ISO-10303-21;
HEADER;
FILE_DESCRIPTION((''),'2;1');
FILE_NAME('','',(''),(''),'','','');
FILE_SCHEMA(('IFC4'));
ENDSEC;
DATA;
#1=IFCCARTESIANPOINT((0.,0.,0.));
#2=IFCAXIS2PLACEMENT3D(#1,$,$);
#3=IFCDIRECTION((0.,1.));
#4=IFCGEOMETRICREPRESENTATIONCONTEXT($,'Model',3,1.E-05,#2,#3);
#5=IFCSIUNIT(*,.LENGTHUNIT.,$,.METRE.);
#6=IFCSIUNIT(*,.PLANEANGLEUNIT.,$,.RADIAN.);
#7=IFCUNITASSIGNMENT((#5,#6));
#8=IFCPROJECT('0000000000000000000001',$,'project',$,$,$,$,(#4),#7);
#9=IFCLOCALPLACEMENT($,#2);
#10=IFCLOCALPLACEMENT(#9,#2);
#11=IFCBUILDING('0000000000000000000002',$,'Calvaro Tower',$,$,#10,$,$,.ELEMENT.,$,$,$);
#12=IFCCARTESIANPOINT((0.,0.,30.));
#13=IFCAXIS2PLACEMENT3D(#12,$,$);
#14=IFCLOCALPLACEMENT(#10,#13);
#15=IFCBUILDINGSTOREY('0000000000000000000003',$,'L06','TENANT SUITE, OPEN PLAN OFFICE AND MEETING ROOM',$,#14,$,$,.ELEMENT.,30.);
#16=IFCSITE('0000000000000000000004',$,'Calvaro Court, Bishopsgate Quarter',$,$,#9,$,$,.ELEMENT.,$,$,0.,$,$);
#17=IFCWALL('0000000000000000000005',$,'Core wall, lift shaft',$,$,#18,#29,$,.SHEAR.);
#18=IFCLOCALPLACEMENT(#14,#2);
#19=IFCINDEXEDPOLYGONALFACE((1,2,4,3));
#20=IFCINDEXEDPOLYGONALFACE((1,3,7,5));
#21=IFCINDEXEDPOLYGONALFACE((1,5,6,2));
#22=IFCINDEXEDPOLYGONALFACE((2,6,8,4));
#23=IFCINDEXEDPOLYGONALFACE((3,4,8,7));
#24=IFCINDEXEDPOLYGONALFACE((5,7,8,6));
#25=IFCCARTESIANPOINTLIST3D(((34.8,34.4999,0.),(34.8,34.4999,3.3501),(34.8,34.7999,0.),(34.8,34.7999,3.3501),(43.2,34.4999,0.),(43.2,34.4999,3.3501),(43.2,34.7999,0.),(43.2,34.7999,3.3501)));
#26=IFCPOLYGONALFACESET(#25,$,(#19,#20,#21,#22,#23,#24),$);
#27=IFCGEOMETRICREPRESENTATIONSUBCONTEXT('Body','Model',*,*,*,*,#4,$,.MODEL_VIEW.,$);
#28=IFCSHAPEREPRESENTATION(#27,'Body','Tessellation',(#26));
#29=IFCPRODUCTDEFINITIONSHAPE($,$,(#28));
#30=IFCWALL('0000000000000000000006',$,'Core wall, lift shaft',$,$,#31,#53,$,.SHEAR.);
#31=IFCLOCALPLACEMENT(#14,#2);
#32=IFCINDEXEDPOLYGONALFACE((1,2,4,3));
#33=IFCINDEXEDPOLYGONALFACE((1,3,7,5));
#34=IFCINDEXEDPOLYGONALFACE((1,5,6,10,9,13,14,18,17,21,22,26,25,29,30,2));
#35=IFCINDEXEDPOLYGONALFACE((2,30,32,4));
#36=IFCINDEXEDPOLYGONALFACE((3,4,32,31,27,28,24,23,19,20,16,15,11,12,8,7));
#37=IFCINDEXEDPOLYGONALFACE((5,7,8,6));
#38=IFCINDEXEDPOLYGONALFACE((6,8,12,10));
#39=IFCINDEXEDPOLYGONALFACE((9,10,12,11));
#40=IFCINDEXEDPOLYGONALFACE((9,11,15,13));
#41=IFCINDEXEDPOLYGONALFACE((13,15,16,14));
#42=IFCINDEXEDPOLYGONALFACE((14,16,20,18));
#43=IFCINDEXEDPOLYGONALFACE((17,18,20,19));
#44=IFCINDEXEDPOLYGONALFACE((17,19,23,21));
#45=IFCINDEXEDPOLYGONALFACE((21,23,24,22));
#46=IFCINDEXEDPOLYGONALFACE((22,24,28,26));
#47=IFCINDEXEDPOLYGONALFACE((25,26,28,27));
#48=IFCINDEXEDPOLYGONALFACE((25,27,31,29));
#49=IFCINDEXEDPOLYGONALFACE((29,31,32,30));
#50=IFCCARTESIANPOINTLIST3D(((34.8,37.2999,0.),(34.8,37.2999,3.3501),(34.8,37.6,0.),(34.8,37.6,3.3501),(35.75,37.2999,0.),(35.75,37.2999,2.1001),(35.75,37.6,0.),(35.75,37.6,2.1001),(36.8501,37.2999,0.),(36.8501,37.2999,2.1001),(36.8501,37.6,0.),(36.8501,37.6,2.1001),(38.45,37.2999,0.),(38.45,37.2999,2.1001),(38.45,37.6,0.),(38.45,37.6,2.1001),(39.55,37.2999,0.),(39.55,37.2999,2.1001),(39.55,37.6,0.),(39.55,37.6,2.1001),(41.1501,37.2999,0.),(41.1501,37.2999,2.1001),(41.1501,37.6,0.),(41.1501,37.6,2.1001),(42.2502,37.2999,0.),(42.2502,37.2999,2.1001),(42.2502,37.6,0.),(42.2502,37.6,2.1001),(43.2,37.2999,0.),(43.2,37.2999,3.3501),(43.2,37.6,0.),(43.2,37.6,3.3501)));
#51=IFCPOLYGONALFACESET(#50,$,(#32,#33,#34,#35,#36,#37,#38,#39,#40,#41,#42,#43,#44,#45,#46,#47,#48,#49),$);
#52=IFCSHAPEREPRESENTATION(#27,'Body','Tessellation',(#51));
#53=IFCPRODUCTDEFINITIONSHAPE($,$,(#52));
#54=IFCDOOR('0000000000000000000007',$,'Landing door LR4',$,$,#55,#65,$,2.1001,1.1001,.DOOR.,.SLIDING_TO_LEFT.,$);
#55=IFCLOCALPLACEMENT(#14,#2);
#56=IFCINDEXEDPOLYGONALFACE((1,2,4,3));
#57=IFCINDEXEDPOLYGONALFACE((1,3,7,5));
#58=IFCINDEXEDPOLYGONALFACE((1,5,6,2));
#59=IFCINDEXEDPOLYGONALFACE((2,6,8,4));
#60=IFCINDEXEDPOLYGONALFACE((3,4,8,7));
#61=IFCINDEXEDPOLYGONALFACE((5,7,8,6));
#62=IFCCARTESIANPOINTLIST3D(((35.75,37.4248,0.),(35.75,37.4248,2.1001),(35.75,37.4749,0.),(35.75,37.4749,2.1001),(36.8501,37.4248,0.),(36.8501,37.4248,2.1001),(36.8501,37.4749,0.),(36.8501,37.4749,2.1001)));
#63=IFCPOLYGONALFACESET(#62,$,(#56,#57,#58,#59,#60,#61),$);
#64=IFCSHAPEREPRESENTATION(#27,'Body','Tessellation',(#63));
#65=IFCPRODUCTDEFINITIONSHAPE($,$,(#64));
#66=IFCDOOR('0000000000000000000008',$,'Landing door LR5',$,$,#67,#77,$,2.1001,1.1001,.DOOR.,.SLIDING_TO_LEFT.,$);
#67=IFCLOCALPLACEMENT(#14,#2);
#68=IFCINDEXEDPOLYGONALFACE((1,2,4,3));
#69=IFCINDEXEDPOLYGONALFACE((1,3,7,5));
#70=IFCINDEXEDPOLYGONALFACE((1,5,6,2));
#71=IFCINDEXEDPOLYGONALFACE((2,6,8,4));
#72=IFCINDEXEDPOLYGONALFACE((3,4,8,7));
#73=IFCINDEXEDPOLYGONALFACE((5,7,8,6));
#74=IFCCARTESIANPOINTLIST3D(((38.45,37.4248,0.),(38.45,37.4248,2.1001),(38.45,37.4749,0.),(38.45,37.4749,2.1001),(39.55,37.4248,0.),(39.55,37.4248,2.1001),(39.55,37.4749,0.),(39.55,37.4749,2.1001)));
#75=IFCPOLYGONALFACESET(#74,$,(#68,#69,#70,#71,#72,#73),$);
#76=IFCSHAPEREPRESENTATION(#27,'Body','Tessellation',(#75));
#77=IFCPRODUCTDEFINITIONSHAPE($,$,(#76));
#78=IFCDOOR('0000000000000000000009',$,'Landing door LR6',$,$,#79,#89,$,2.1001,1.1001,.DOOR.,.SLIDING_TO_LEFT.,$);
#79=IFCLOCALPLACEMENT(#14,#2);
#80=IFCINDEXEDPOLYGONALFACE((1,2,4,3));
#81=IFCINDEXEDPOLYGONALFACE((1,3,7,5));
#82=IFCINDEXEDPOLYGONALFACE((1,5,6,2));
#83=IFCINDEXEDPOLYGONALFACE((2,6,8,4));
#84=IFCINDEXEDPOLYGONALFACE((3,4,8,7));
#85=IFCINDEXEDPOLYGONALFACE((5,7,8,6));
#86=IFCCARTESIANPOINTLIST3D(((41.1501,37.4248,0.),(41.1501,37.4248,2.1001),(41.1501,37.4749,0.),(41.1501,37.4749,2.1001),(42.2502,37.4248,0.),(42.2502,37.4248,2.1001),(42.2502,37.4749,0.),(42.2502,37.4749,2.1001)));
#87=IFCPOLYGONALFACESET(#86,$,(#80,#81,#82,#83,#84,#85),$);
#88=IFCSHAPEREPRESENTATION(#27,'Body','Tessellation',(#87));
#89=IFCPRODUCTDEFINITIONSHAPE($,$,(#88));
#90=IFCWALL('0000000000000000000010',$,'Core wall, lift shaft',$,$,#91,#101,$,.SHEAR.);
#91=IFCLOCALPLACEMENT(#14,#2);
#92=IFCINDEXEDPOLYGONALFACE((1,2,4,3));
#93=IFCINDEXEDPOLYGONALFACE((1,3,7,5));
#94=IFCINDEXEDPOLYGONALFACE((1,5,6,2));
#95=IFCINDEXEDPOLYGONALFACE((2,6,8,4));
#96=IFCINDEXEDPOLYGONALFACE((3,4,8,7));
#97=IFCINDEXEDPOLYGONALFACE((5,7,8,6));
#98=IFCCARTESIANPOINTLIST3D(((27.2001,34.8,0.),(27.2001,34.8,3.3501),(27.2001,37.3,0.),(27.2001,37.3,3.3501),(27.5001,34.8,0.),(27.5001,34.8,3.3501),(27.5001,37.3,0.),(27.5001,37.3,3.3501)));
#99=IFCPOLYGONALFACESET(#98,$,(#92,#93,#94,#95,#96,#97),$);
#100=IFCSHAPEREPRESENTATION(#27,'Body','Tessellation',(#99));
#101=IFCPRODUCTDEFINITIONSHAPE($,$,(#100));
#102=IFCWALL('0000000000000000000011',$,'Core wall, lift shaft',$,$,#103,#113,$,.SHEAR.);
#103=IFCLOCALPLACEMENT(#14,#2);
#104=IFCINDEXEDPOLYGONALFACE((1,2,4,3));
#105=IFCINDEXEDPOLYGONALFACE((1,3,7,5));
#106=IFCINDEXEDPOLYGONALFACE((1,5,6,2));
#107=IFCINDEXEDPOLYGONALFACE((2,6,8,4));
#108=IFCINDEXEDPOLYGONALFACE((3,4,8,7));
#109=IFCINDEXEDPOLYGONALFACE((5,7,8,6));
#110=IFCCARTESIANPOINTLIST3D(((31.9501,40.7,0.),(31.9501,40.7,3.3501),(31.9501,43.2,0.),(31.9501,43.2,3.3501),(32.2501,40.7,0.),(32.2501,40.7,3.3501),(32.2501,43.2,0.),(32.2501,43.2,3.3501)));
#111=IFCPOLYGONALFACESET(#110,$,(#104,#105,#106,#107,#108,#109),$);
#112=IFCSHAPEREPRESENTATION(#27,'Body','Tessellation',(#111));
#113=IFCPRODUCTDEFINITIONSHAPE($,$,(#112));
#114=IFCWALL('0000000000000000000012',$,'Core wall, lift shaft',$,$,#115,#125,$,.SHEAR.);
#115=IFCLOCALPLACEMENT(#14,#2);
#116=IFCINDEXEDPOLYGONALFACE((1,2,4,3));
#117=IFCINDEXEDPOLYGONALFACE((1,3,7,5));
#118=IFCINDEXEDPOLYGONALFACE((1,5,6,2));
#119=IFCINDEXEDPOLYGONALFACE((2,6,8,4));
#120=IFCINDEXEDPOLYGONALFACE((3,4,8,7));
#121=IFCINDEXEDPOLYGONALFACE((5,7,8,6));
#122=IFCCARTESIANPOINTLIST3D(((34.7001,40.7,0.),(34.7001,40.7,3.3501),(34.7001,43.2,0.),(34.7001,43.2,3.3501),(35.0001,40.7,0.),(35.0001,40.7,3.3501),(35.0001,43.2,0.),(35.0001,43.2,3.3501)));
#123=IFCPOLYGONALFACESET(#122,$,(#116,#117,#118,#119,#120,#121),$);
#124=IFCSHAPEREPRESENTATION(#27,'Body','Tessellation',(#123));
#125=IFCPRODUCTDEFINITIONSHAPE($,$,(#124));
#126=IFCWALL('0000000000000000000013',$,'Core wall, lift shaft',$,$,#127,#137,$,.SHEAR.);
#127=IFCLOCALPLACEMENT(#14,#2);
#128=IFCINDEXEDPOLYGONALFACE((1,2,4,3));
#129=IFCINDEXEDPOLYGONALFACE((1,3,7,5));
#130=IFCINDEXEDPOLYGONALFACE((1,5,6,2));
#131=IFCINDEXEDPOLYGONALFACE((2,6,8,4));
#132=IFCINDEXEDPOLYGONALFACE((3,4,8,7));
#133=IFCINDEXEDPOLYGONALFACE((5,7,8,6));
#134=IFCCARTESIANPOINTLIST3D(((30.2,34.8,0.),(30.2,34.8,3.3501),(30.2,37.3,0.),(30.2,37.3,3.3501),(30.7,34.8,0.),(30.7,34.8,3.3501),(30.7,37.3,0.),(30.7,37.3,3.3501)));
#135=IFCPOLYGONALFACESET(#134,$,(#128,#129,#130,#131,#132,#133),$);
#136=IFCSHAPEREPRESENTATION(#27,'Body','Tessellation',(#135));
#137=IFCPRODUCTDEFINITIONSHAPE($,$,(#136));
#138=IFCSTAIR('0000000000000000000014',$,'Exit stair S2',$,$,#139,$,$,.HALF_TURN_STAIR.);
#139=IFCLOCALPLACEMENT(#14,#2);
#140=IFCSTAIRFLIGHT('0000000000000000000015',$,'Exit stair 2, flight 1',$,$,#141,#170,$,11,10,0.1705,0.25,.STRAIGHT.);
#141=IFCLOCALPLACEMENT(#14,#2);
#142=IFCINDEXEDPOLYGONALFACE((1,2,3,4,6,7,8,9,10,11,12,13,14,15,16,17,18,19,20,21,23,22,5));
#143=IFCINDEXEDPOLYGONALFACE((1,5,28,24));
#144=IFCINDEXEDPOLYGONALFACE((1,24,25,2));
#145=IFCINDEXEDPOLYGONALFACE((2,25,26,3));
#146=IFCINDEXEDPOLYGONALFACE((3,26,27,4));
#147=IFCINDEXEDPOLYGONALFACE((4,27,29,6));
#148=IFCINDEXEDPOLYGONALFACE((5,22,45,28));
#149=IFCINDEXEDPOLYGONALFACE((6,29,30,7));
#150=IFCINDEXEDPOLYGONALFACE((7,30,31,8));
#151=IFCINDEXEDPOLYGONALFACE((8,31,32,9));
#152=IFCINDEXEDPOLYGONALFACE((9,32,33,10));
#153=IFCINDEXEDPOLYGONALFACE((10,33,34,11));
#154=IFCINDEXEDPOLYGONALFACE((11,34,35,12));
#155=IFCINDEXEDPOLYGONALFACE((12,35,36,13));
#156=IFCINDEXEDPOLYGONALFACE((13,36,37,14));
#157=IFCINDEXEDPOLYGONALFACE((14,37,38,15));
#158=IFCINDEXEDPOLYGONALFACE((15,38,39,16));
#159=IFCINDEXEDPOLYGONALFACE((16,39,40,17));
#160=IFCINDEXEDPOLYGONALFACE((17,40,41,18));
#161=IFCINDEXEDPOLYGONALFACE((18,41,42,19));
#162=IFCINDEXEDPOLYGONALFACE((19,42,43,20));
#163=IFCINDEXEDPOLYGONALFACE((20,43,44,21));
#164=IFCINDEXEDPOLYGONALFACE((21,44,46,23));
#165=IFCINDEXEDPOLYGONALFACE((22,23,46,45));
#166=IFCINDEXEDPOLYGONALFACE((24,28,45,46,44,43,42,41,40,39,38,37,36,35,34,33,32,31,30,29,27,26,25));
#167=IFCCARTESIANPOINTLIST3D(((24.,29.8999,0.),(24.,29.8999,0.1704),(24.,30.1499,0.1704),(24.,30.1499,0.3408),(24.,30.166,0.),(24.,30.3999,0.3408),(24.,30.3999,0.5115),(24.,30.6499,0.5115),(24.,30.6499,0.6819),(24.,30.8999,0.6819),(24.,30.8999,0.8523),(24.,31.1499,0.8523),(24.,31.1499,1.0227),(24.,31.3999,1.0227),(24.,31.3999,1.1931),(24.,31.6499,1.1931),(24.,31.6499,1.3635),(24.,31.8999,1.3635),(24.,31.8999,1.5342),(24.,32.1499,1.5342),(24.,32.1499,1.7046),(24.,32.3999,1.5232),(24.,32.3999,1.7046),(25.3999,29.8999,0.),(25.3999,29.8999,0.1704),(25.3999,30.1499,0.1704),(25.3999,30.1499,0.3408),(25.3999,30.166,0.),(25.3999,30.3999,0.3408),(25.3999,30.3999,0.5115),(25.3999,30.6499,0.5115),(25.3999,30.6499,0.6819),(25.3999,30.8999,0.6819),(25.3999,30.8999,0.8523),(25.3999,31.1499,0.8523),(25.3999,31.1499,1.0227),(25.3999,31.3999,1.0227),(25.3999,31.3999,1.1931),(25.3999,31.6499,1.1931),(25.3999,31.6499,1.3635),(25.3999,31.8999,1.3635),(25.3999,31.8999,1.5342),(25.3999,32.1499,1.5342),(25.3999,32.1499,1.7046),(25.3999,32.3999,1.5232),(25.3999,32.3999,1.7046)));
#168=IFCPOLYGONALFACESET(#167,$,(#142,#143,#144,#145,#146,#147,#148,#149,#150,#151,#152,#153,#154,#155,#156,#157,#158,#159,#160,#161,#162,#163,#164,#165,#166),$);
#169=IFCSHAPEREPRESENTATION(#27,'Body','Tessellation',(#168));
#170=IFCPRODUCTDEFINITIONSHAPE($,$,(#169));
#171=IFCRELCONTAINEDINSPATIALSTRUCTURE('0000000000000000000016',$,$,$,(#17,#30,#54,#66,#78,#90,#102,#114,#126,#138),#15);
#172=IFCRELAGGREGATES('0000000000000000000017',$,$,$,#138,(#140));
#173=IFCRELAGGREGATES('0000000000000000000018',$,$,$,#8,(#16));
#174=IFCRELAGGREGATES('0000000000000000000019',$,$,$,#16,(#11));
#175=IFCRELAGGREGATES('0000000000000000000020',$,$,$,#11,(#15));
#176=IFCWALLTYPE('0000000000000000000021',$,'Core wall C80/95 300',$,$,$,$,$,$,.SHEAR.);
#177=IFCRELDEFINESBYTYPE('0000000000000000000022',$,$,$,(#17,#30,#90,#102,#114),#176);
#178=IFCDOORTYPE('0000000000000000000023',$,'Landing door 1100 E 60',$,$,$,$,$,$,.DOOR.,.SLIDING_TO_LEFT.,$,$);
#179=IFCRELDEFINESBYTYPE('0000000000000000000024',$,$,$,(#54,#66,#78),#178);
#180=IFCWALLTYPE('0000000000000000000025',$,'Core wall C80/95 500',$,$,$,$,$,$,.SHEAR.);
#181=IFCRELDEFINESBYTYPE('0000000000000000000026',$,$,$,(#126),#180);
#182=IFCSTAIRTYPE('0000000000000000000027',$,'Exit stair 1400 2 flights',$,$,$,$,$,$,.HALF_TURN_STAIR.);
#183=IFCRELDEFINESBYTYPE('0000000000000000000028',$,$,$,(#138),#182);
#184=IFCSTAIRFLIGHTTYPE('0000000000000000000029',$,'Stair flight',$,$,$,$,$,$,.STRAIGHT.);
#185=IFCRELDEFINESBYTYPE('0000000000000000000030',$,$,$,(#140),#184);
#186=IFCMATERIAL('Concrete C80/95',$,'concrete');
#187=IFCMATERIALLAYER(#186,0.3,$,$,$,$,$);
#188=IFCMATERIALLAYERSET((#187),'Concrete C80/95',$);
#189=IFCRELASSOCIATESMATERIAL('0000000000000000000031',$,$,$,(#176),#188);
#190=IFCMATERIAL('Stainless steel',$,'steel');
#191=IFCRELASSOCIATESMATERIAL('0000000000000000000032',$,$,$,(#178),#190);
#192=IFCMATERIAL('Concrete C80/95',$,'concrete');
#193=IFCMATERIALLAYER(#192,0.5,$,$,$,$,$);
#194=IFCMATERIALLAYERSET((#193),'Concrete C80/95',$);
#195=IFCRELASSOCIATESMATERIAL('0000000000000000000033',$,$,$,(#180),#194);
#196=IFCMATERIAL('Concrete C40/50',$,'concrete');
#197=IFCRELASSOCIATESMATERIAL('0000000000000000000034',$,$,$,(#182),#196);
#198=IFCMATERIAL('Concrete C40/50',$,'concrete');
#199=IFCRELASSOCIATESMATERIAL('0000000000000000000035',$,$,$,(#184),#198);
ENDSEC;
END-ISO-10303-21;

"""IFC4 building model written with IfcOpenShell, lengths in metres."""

from ifc_helpers import new_model, si_unit, direction, frame, frame_2d, origin, place, context, subcontext, project, spatial, polyline, rectangle, outline, extrude, material, layer, layer_set, type_object, element, fill, aggregate, save


model = new_model("IFC4")

# Units and contexts
model_context = context("Model", 3, precision=1e-05, world=origin(), true_north=direction((0.0, 1.0)))
body_context = subcontext(model_context, "Body", "Model", "MODEL_VIEW")
ifc_project = project(units=[si_unit("LENGTHUNIT", "METRE"), si_unit("PLANEANGLEUNIT", "RADIAN")], contexts=[model_context])

# Site, building, storey
site_placement = place(None, origin())
site = spatial("IfcSite", under=ifc_project, at=site_placement, Name="Calvaro Court, Bishopsgate Quarter", CompositionType="ELEMENT", RefElevation=0.0)
building_placement = place(site_placement, origin())
building = spatial("IfcBuilding", under=site, at=building_placement, Name="Calvaro Tower", CompositionType="ELEMENT")
storey_placement = place(building_placement, frame((0.0, 0.0, 30.0)))
storey = spatial("IfcBuildingStorey", under=building, at=storey_placement, Name="L06", Description="TENANT SUITE, OPEN PLAN OFFICE AND MEETING ROOM", CompositionType="ELEMENT", Elevation=30.0)

# Wall
ifc_material_1 = material(Name="Concrete C80/95", Category="concrete")
ifc_layer_1 = layer(ifc_material_1, 0.3)
ifc_layer_set_1 = layer_set([ifc_layer_1], Name="Concrete C80/95")
wall_type_1 = type_object("IfcWallType", Name="Core wall C80/95 300", PredefinedType="SHEAR", material=ifc_layer_set_1)
wall_1_placement = place(storey_placement, frame((34.8, 34.6499, 0.0), z_axis=(0.0, 0.0, 1.0), x_axis=(1.0, 0.0, 0.0)))
element("IfcWall", 1, at=wall_1_placement, inside=storey, type_object=wall_type_1, Name="Core wall, lift shaft", PredefinedType="SHEAR", context=body_context, shape_type="SweptSolid", body=[
    extrude(rectangle(XDim=8.3999, YDim=0.3, at=frame_2d((4.2, 0.0))), origin(), (0.0, 0.0, 1.0), 3.3501),
])

# Wall, openings, doors
wall_2_placement = place(storey_placement, frame((34.8, 37.45, 0.0), z_axis=(0.0, 0.0, 1.0), x_axis=(1.0, 0.0, 0.0)))
wall_2 = element("IfcWall", 2, at=wall_2_placement, inside=storey, type_object=wall_type_1, Name="Core wall, lift shaft", PredefinedType="SHEAR", context=body_context, shape_type="SweptSolid", body=[
    extrude(rectangle(XDim=8.3999, YDim=0.3, at=frame_2d((4.2, 0.0))), origin(), (0.0, 0.0, 1.0), 3.3501),
])
opening_1_placement = place(wall_2_placement, frame((0.95, 0.0, 0.0)))
opening_1 = element("IfcOpeningElement", 3, at=opening_1_placement, cuts=wall_2, PredefinedType="OPENING", context=body_context, shape_type="SweptSolid", body=[
    extrude(rectangle(XDim=1.1001, YDim=2.1001, at=frame_2d((0.55, 1.05))), frame((0.0, 0.1599, 0.0), z_axis=(0.0, -1.0, 0.0), x_axis=(1.0, 0.0, 0.0)), (0.0, 0.0, 1.0), 0.3201),
])
opening_2_placement = place(wall_2_placement, frame((3.6499, 0.0, 0.0)))
opening_2 = element("IfcOpeningElement", 4, at=opening_2_placement, cuts=wall_2, PredefinedType="OPENING", context=body_context, shape_type="SweptSolid", body=[
    extrude(rectangle(XDim=1.1001, YDim=2.1001, at=frame_2d((0.55, 1.05))), frame((0.0, 0.1599, 0.0), z_axis=(0.0, -1.0, 0.0), x_axis=(1.0, 0.0, 0.0)), (0.0, 0.0, 1.0), 0.3201),
])
opening_3_placement = place(wall_2_placement, frame((6.3501, 0.0, 0.0)))
opening_3 = element("IfcOpeningElement", 5, at=opening_3_placement, cuts=wall_2, PredefinedType="OPENING", context=body_context, shape_type="SweptSolid", body=[
    extrude(rectangle(XDim=1.1001, YDim=2.1001, at=frame_2d((0.55, 1.05))), frame((0.0, 0.1599, 0.0), z_axis=(0.0, -1.0, 0.0), x_axis=(1.0, 0.0, 0.0)), (0.0, 0.0, 1.0), 0.3201),
])
ifc_material_2 = material(Name="Stainless steel", Category="steel")
door_type = type_object("IfcDoorType", Name="Landing door 1100 E 60", OperationType="SLIDING_TO_LEFT", PredefinedType="DOOR", material=ifc_material_2)
door_1_placement = place(opening_1_placement, origin())
door_1 = element("IfcDoor", 6, at=door_1_placement, inside=storey, type_object=door_type, Name="Landing door LR4", OperationType="SLIDING_TO_LEFT", OverallHeight=2.1001, OverallWidth=1.1001, PredefinedType="DOOR", context=body_context, shape_type="SweptSolid", body=[
    extrude(rectangle(XDim=1.1001, YDim=2.1001, at=frame_2d((0.55, 1.05))), frame((0.0, 0.0249, 0.0), z_axis=(0.0, -1.0, 0.0), x_axis=(1.0, 0.0, 0.0)), (0.0, 0.0, 1.0), 0.05),
])
fill(opening_1, door_1)
door_2_placement = place(opening_2_placement, origin())
door_2 = element("IfcDoor", 7, at=door_2_placement, inside=storey, type_object=door_type, Name="Landing door LR5", OperationType="SLIDING_TO_LEFT", OverallHeight=2.1001, OverallWidth=1.1001, PredefinedType="DOOR", context=body_context, shape_type="SweptSolid", body=[
    extrude(rectangle(XDim=1.1001, YDim=2.1001, at=frame_2d((0.55, 1.05))), frame((0.0, 0.0249, 0.0), z_axis=(0.0, -1.0, 0.0), x_axis=(1.0, 0.0, 0.0)), (0.0, 0.0, 1.0), 0.05),
])
fill(opening_2, door_2)
door_3_placement = place(opening_3_placement, origin())
door_3 = element("IfcDoor", 8, at=door_3_placement, inside=storey, type_object=door_type, Name="Landing door LR6", OperationType="SLIDING_TO_LEFT", OverallHeight=2.1001, OverallWidth=1.1001, PredefinedType="DOOR", context=body_context, shape_type="SweptSolid", body=[
    extrude(rectangle(XDim=1.1001, YDim=2.1001, at=frame_2d((0.55, 1.05))), frame((0.0, 0.0249, 0.0), z_axis=(0.0, -1.0, 0.0), x_axis=(1.0, 0.0, 0.0)), (0.0, 0.0, 1.0), 0.05),
])
fill(opening_3, door_3)

# Walls
for number, where, z_axis, x_axis, name in (
    (9, (27.3501, 34.8, 0.0), (0.0, 0.0, 1.0), (0.0, 1.0, 0.0), "Core wall, lift shaft"),
    (10, (32.1001, 40.7, 0.0), (0.0, 0.0, 1.0), (0.0, 1.0, 0.0), "Core wall, lift shaft"),
    (11, (34.8501, 40.7, 0.0), (0.0, 0.0, 1.0), (0.0, 1.0, 0.0), "Core wall, lift shaft"),
):
    element("IfcWall", number, at=place(storey_placement, frame(where, z_axis=z_axis, x_axis=x_axis)), inside=storey, type_object=wall_type_1, Name=name, PredefinedType="SHEAR", context=body_context, shape_type="SweptSolid", body=[
        extrude(rectangle(XDim=2.5, YDim=0.3, at=frame_2d((1.25, 0.0))), origin(), (0.0, 0.0, 1.0), 3.3501),
    ])
ifc_material_3 = material(Name="Concrete C80/95", Category="concrete")
ifc_layer_2 = layer(ifc_material_3, 0.5)
ifc_layer_set_2 = layer_set([ifc_layer_2], Name="Concrete C80/95")
wall_type_2 = type_object("IfcWallType", Name="Core wall C80/95 500", PredefinedType="SHEAR", material=ifc_layer_set_2)
wall_3_placement = place(storey_placement, frame((30.45, 34.8, 0.0), z_axis=(0.0, 0.0, 1.0), x_axis=(0.0, 1.0, 0.0)))
element("IfcWall", 12, at=wall_3_placement, inside=storey, type_object=wall_type_2, Name="Core wall, lift shaft", PredefinedType="SHEAR", context=body_context, shape_type="SweptSolid", body=[
    extrude(rectangle(XDim=2.5, YDim=0.5, at=frame_2d((1.25, 0.0))), origin(), (0.0, 0.0, 1.0), 3.3501),
])

# Stair, stair flight
ifc_material_4 = material(Name="Concrete C40/50", Category="concrete")
stair_type = type_object("IfcStairType", Name="Exit stair 1400 2 flights", PredefinedType="HALF_TURN_STAIR", material=ifc_material_4)
stair_placement = place(storey_placement, origin())
stair = element("IfcStair", 13, at=stair_placement, inside=storey, type_object=stair_type, Name="Exit stair S2", PredefinedType="HALF_TURN_STAIR")
ifc_material_5 = material(Name="Concrete C40/50", Category="concrete")
stair_flight_type = type_object("IfcStairFlightType", Name="Stair flight", PredefinedType="STRAIGHT", material=ifc_material_5)
stair_flight_1_placement = place(storey_placement, frame((24.7, 29.8999, 0.0), z_axis=(0.0, 0.0, 1.0), x_axis=(0.0, 1.0, 0.0)))
stair_flight_1 = element("IfcStairFlight", 14, at=stair_flight_1_placement, type_object=stair_flight_type, Name="Exit stair 2, flight 1", NumberOfRisers=11, NumberOfTreads=10, PredefinedType="STRAIGHT", RiserHeight=0.1705, TreadLength=0.25, context=body_context, shape_type="SweptSolid", body=[
    extrude(outline(polyline([(0.0, 0.0), (0.0, 0.1704), (0.25, 0.1704), (0.25, 0.3408), (0.5, 0.3408), (0.5, 0.5115), (0.75, 0.5115), (0.75, 0.6819), (1.0, 0.6819), (1.0, 0.8523), (1.25, 0.8523), (1.25, 1.0227), (1.5, 1.0227), (1.5, 1.1931), (1.75, 1.1931), (1.75, 1.3635), (2.0, 1.3635), (2.0, 1.5342), (2.25, 1.5342), (2.25, 1.7046), (2.5, 1.7046), (2.5, 1.875), (2.5, 1.5232), (0.2661, 0.0), (0.0, 0.0)])), frame((0.0, 0.7, 0.0), z_axis=(0.0, -1.0, 0.0), x_axis=(1.0, 0.0, 0.0)), (0.0, 0.0, 1.0), 1.3999),
])
aggregate(stair, [stair_flight_1])

save(model, "model.ifc")
